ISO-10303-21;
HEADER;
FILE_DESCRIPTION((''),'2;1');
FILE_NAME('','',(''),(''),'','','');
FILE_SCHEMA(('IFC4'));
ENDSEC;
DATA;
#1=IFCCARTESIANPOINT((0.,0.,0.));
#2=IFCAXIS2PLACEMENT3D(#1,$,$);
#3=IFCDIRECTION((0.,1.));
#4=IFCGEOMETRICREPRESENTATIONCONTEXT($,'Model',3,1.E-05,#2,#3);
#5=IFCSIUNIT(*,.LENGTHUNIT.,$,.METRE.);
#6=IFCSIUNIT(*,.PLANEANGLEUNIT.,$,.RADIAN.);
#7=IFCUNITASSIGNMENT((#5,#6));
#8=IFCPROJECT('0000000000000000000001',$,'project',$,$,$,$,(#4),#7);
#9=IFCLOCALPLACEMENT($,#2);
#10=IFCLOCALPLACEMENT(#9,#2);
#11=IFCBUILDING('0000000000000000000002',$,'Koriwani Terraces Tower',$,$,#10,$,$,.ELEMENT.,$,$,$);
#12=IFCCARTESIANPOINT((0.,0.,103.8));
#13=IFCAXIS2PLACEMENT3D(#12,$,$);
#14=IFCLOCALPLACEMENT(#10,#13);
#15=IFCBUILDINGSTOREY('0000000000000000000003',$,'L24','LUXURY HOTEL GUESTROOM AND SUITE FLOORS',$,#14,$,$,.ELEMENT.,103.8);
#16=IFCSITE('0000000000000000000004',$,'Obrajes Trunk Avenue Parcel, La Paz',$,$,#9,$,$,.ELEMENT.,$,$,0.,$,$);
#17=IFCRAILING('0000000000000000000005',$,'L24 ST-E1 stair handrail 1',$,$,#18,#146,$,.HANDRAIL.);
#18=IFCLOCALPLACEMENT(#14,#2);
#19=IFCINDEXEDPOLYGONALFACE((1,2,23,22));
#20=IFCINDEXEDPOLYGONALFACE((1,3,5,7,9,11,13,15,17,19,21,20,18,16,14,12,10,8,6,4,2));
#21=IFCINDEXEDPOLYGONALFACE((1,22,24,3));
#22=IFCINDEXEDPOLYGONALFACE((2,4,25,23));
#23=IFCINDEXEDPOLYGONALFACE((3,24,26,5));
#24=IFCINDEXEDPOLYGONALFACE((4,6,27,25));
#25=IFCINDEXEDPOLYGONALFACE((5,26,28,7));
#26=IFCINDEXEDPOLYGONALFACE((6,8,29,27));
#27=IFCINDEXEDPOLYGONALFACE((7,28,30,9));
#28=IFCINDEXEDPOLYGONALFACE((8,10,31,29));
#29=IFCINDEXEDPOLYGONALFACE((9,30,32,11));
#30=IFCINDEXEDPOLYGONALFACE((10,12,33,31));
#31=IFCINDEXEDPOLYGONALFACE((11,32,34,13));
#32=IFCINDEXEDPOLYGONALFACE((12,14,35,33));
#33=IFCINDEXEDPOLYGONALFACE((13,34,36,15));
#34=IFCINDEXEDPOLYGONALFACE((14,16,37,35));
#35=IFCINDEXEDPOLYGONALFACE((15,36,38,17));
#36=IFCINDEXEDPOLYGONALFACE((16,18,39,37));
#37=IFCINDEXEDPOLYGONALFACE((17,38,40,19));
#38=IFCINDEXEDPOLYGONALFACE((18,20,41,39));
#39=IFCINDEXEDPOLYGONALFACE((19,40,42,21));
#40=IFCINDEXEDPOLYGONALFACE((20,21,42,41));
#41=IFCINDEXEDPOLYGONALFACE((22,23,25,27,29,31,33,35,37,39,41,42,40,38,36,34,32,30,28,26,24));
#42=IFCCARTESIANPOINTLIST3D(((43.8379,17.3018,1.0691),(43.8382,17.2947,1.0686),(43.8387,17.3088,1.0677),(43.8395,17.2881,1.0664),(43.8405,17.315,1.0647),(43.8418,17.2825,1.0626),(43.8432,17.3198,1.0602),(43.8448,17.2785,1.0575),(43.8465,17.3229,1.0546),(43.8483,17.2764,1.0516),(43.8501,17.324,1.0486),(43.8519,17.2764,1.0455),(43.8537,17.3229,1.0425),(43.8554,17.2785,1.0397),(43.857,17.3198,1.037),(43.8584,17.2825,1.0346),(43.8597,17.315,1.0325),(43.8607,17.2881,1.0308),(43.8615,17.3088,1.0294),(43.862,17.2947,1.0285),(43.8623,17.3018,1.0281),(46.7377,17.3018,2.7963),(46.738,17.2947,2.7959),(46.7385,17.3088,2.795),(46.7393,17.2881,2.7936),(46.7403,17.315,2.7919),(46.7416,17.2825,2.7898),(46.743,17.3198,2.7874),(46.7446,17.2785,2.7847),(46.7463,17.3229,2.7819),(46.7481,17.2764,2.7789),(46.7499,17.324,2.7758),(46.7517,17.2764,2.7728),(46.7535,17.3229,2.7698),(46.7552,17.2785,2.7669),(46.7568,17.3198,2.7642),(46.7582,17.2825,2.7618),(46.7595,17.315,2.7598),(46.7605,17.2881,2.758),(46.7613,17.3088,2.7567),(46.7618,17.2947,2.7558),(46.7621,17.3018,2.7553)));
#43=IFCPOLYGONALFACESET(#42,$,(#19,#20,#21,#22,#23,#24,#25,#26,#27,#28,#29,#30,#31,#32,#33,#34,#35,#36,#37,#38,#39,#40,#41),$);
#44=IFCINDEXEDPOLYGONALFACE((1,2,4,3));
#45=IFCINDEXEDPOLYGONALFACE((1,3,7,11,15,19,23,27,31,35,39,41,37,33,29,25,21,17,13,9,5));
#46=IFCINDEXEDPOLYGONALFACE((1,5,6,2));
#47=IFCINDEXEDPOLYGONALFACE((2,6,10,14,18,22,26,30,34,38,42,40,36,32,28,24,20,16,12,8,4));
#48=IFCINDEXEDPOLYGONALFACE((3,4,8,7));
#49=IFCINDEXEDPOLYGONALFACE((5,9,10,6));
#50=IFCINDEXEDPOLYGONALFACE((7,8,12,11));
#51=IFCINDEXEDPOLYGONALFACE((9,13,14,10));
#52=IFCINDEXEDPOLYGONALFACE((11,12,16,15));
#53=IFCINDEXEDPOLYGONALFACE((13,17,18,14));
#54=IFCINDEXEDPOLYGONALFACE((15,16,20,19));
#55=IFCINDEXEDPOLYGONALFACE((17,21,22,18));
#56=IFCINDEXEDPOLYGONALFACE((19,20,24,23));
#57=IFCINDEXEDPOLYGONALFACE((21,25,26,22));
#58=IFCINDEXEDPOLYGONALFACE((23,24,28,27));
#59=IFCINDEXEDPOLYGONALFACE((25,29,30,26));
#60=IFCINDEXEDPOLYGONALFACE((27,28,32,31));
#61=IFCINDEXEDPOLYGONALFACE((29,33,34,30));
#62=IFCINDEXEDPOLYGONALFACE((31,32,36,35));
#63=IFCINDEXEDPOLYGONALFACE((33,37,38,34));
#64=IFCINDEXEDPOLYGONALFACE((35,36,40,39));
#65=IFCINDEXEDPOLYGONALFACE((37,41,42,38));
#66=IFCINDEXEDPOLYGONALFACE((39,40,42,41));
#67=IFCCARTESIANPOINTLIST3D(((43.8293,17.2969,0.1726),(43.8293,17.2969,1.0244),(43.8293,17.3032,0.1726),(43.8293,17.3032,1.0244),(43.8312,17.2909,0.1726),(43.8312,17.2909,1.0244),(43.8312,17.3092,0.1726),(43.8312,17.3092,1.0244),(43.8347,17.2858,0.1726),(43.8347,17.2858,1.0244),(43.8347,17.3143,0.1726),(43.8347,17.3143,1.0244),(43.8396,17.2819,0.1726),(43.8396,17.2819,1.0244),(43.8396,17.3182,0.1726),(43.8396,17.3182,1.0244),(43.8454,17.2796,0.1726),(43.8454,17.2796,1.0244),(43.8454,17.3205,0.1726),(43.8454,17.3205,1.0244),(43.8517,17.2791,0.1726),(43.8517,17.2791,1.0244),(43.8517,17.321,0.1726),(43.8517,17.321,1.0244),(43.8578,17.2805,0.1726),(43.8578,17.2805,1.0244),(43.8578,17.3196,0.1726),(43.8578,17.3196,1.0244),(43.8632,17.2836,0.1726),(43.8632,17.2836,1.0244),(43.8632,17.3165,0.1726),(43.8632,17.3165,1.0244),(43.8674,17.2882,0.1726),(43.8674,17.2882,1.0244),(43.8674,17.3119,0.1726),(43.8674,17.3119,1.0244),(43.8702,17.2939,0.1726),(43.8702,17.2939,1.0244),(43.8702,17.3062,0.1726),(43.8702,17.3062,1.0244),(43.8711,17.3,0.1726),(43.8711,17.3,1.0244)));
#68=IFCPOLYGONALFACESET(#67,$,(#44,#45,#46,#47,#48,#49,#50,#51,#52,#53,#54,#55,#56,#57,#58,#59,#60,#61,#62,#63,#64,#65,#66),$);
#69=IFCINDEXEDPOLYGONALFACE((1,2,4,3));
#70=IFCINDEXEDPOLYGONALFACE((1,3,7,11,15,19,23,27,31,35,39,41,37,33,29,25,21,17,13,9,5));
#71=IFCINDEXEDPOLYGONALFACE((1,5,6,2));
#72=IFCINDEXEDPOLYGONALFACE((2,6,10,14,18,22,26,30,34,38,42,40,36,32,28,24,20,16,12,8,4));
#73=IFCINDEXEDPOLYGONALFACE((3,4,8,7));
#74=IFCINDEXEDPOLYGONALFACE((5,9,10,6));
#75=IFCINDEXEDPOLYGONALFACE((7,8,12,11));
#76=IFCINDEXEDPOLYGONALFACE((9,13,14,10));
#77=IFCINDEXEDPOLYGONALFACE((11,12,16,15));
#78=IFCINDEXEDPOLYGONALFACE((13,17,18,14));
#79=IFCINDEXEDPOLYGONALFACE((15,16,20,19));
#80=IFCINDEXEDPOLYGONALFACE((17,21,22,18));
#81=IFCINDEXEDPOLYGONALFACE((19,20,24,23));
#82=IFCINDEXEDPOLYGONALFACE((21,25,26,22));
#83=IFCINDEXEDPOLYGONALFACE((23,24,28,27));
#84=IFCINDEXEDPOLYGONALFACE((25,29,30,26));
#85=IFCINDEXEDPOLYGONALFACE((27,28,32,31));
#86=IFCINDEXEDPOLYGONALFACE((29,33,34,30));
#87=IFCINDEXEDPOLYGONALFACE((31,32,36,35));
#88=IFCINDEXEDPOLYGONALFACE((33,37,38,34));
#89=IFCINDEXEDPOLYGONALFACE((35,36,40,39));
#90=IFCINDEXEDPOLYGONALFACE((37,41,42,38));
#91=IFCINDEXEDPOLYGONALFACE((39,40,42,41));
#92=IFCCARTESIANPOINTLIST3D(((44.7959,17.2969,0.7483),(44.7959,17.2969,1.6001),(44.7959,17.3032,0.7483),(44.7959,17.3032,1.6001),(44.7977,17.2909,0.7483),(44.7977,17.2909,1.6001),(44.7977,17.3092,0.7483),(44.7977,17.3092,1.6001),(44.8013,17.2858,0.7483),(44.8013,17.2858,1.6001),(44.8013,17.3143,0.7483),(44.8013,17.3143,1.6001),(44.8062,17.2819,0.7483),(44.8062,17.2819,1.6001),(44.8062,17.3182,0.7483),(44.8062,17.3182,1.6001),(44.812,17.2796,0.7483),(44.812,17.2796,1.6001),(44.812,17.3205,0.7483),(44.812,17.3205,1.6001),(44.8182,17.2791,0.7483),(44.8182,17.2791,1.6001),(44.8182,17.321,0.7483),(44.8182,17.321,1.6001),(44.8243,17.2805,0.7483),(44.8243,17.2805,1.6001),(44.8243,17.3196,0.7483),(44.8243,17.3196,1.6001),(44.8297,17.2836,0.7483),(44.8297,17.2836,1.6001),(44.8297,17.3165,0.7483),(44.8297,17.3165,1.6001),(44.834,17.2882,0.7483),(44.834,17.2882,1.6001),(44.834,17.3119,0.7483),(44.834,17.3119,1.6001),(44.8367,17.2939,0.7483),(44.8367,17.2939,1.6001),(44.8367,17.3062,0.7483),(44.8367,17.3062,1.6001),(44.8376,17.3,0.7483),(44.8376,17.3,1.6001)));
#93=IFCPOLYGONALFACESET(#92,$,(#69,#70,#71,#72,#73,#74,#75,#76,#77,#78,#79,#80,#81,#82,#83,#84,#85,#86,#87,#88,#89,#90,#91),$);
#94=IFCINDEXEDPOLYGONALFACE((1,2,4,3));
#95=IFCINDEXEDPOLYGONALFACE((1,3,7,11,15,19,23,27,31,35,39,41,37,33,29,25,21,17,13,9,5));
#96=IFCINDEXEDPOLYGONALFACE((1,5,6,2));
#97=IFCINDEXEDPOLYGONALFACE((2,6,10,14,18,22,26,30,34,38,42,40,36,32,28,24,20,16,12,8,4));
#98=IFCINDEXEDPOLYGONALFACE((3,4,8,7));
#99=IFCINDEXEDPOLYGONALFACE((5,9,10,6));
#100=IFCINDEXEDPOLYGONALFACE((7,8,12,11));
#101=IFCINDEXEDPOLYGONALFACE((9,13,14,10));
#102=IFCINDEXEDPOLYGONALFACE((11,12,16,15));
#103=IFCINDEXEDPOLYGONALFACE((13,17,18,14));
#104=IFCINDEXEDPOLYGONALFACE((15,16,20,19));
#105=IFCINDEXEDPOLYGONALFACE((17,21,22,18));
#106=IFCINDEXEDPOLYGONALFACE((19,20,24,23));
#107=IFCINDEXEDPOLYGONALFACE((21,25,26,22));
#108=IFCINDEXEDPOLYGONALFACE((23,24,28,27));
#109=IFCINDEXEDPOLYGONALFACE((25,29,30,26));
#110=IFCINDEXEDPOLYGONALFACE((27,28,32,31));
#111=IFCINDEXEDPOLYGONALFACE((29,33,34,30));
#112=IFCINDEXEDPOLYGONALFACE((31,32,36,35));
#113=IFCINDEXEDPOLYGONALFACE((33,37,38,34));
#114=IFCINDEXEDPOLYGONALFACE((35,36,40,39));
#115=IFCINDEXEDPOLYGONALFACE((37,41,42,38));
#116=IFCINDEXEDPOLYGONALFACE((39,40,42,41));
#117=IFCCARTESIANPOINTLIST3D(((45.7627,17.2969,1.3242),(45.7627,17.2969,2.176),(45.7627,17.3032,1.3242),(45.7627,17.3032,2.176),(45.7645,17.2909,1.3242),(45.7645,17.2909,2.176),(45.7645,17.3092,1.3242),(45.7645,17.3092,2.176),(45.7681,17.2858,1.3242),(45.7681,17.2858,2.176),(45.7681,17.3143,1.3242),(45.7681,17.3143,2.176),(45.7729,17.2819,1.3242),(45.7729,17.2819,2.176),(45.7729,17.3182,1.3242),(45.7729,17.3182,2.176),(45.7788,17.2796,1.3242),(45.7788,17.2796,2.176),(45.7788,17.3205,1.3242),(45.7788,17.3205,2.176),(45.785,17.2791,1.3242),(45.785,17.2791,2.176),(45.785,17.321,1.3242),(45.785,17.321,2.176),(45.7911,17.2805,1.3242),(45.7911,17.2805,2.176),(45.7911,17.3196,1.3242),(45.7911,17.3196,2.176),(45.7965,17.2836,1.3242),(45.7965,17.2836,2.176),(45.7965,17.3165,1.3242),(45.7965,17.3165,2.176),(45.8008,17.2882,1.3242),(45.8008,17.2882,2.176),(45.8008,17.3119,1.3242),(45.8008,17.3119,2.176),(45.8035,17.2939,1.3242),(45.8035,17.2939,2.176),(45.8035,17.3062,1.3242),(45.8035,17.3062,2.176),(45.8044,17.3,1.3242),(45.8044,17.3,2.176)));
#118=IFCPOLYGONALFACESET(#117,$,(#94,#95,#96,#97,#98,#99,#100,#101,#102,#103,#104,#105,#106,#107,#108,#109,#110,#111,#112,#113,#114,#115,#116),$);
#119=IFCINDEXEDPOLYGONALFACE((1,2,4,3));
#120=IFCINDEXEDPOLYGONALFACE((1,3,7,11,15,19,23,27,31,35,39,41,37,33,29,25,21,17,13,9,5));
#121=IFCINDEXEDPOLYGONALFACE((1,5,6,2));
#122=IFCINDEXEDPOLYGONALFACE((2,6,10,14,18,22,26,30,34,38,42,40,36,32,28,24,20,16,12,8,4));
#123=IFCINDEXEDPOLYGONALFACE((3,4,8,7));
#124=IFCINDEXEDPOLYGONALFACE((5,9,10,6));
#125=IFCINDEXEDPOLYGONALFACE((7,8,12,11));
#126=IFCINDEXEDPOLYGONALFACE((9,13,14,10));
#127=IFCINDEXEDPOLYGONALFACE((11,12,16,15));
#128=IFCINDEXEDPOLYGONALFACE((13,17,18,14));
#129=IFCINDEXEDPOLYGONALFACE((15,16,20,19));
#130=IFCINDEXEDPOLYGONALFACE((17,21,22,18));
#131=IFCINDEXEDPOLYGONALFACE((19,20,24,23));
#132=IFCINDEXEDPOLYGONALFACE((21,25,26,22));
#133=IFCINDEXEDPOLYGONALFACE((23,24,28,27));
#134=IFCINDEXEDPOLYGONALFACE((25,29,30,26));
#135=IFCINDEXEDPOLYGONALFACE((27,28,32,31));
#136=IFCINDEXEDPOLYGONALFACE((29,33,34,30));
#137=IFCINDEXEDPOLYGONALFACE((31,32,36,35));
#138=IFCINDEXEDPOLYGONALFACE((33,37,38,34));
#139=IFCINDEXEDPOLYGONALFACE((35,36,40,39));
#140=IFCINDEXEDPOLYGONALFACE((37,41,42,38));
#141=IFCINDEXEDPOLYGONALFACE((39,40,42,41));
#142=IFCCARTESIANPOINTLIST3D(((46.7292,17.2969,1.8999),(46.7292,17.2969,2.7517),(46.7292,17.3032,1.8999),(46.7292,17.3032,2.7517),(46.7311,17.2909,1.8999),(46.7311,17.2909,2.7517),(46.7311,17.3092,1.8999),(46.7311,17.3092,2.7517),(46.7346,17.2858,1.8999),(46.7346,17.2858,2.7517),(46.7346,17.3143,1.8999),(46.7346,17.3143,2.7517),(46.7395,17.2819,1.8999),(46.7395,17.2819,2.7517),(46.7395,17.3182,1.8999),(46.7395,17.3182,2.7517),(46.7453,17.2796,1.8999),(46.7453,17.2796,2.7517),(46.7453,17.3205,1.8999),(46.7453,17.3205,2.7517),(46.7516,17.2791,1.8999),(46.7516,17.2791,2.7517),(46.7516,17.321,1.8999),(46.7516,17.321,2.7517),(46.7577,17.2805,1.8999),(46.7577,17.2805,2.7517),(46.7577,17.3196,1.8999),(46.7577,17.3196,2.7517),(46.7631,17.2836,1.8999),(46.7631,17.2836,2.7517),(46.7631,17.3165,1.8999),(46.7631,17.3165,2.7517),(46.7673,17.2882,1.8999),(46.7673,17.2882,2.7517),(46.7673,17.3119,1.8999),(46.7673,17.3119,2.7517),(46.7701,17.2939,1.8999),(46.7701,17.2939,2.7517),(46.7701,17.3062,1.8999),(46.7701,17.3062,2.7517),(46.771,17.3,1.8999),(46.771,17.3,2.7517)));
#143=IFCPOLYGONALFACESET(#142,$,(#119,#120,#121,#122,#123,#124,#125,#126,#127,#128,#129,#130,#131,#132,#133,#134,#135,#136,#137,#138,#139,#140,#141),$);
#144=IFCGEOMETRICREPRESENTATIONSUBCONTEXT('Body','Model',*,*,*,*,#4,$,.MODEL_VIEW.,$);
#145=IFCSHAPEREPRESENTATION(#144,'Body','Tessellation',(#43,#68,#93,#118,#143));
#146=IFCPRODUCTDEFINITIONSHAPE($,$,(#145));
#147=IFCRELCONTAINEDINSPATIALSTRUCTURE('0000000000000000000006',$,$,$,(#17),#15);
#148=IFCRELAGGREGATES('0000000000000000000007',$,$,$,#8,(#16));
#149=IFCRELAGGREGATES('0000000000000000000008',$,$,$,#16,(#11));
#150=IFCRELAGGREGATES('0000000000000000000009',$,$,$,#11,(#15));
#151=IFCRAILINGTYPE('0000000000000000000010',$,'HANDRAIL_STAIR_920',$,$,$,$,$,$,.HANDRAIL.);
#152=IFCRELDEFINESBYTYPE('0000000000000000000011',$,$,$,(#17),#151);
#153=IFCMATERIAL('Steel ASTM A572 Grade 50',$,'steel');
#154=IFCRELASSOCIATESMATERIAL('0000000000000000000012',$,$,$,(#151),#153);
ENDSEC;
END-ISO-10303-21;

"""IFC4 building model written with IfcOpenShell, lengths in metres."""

from ifc_helpers import new_model, si_unit, direction, frame, origin, origin_2d, place, context, subcontext, project, spatial, circle, extrude, material, type_object, element, save


model = new_model("IFC4")

# Units and contexts
model_context = context("Model", 3, precision=1e-05, world=origin(), true_north=direction((0.0, 1.0)))
body_context = subcontext(model_context, "Body", "Model", "MODEL_VIEW")
ifc_project = project(units=[si_unit("LENGTHUNIT", "METRE"), si_unit("PLANEANGLEUNIT", "RADIAN")], contexts=[model_context])

# Site, building, storey
site_placement = place(None, origin())
site = spatial("IfcSite", under=ifc_project, at=site_placement, Name="Obrajes Trunk Avenue Parcel, La Paz", CompositionType="ELEMENT", RefElevation=0.0)
building_placement = place(site_placement, origin())
building = spatial("IfcBuilding", under=site, at=building_placement, Name="Koriwani Terraces Tower", CompositionType="ELEMENT")
storey_placement = place(building_placement, frame((0.0, 0.0, 103.8)))
storey = spatial("IfcBuildingStorey", under=building, at=storey_placement, Name="L24", Description="LUXURY HOTEL GUESTROOM AND SUITE FLOORS", CompositionType="ELEMENT", Elevation=103.8)

# Shared definitions
ifc_material_1 = material(Name="Steel ASTM A572 Grade 50", Category="steel")

# Railing
railing_type_1 = type_object("IfcRailingType", Name="HANDRAIL_STAIR_920", PredefinedType="HANDRAIL", material=ifc_material_1)
railing_1_placement = place(storey_placement, frame((43.8501, 17.3, 0.1726)))
element("IfcRailing", 1, at=railing_1_placement, inside=storey, type_object=railing_type_1, Name="L24 ST-E1 stair handrail 1", PredefinedType="HANDRAIL", context=body_context, shape_type="SweptSolid", body=[
    extrude(circle(Radius=0.0239, at=origin_2d()), frame((0.0, 0.0, 0.876), z_axis=(0.859141, 0.0, 0.511738), x_axis=(0.0, 1.0, 0.0)), (0.0, 0.0, 1.0), 3.3752),
    extrude(circle(Radius=0.021, at=origin_2d()), origin(), (0.0, 0.0, 1.0), 0.8518),
    extrude(circle(Radius=0.021, at=origin_2d()), frame((0.9666, 0.0, 0.5757)), (0.0, 0.0, 1.0), 0.8518),
    extrude(circle(Radius=0.021, at=origin_2d()), frame((1.9333, 0.0, 1.1516)), (0.0, 0.0, 1.0), 0.8518),
    extrude(circle(Radius=0.021, at=origin_2d()), frame((2.8999, 0.0, 1.7273)), (0.0, 0.0, 1.0), 0.8518),
])

save(model, "model.ifc")
